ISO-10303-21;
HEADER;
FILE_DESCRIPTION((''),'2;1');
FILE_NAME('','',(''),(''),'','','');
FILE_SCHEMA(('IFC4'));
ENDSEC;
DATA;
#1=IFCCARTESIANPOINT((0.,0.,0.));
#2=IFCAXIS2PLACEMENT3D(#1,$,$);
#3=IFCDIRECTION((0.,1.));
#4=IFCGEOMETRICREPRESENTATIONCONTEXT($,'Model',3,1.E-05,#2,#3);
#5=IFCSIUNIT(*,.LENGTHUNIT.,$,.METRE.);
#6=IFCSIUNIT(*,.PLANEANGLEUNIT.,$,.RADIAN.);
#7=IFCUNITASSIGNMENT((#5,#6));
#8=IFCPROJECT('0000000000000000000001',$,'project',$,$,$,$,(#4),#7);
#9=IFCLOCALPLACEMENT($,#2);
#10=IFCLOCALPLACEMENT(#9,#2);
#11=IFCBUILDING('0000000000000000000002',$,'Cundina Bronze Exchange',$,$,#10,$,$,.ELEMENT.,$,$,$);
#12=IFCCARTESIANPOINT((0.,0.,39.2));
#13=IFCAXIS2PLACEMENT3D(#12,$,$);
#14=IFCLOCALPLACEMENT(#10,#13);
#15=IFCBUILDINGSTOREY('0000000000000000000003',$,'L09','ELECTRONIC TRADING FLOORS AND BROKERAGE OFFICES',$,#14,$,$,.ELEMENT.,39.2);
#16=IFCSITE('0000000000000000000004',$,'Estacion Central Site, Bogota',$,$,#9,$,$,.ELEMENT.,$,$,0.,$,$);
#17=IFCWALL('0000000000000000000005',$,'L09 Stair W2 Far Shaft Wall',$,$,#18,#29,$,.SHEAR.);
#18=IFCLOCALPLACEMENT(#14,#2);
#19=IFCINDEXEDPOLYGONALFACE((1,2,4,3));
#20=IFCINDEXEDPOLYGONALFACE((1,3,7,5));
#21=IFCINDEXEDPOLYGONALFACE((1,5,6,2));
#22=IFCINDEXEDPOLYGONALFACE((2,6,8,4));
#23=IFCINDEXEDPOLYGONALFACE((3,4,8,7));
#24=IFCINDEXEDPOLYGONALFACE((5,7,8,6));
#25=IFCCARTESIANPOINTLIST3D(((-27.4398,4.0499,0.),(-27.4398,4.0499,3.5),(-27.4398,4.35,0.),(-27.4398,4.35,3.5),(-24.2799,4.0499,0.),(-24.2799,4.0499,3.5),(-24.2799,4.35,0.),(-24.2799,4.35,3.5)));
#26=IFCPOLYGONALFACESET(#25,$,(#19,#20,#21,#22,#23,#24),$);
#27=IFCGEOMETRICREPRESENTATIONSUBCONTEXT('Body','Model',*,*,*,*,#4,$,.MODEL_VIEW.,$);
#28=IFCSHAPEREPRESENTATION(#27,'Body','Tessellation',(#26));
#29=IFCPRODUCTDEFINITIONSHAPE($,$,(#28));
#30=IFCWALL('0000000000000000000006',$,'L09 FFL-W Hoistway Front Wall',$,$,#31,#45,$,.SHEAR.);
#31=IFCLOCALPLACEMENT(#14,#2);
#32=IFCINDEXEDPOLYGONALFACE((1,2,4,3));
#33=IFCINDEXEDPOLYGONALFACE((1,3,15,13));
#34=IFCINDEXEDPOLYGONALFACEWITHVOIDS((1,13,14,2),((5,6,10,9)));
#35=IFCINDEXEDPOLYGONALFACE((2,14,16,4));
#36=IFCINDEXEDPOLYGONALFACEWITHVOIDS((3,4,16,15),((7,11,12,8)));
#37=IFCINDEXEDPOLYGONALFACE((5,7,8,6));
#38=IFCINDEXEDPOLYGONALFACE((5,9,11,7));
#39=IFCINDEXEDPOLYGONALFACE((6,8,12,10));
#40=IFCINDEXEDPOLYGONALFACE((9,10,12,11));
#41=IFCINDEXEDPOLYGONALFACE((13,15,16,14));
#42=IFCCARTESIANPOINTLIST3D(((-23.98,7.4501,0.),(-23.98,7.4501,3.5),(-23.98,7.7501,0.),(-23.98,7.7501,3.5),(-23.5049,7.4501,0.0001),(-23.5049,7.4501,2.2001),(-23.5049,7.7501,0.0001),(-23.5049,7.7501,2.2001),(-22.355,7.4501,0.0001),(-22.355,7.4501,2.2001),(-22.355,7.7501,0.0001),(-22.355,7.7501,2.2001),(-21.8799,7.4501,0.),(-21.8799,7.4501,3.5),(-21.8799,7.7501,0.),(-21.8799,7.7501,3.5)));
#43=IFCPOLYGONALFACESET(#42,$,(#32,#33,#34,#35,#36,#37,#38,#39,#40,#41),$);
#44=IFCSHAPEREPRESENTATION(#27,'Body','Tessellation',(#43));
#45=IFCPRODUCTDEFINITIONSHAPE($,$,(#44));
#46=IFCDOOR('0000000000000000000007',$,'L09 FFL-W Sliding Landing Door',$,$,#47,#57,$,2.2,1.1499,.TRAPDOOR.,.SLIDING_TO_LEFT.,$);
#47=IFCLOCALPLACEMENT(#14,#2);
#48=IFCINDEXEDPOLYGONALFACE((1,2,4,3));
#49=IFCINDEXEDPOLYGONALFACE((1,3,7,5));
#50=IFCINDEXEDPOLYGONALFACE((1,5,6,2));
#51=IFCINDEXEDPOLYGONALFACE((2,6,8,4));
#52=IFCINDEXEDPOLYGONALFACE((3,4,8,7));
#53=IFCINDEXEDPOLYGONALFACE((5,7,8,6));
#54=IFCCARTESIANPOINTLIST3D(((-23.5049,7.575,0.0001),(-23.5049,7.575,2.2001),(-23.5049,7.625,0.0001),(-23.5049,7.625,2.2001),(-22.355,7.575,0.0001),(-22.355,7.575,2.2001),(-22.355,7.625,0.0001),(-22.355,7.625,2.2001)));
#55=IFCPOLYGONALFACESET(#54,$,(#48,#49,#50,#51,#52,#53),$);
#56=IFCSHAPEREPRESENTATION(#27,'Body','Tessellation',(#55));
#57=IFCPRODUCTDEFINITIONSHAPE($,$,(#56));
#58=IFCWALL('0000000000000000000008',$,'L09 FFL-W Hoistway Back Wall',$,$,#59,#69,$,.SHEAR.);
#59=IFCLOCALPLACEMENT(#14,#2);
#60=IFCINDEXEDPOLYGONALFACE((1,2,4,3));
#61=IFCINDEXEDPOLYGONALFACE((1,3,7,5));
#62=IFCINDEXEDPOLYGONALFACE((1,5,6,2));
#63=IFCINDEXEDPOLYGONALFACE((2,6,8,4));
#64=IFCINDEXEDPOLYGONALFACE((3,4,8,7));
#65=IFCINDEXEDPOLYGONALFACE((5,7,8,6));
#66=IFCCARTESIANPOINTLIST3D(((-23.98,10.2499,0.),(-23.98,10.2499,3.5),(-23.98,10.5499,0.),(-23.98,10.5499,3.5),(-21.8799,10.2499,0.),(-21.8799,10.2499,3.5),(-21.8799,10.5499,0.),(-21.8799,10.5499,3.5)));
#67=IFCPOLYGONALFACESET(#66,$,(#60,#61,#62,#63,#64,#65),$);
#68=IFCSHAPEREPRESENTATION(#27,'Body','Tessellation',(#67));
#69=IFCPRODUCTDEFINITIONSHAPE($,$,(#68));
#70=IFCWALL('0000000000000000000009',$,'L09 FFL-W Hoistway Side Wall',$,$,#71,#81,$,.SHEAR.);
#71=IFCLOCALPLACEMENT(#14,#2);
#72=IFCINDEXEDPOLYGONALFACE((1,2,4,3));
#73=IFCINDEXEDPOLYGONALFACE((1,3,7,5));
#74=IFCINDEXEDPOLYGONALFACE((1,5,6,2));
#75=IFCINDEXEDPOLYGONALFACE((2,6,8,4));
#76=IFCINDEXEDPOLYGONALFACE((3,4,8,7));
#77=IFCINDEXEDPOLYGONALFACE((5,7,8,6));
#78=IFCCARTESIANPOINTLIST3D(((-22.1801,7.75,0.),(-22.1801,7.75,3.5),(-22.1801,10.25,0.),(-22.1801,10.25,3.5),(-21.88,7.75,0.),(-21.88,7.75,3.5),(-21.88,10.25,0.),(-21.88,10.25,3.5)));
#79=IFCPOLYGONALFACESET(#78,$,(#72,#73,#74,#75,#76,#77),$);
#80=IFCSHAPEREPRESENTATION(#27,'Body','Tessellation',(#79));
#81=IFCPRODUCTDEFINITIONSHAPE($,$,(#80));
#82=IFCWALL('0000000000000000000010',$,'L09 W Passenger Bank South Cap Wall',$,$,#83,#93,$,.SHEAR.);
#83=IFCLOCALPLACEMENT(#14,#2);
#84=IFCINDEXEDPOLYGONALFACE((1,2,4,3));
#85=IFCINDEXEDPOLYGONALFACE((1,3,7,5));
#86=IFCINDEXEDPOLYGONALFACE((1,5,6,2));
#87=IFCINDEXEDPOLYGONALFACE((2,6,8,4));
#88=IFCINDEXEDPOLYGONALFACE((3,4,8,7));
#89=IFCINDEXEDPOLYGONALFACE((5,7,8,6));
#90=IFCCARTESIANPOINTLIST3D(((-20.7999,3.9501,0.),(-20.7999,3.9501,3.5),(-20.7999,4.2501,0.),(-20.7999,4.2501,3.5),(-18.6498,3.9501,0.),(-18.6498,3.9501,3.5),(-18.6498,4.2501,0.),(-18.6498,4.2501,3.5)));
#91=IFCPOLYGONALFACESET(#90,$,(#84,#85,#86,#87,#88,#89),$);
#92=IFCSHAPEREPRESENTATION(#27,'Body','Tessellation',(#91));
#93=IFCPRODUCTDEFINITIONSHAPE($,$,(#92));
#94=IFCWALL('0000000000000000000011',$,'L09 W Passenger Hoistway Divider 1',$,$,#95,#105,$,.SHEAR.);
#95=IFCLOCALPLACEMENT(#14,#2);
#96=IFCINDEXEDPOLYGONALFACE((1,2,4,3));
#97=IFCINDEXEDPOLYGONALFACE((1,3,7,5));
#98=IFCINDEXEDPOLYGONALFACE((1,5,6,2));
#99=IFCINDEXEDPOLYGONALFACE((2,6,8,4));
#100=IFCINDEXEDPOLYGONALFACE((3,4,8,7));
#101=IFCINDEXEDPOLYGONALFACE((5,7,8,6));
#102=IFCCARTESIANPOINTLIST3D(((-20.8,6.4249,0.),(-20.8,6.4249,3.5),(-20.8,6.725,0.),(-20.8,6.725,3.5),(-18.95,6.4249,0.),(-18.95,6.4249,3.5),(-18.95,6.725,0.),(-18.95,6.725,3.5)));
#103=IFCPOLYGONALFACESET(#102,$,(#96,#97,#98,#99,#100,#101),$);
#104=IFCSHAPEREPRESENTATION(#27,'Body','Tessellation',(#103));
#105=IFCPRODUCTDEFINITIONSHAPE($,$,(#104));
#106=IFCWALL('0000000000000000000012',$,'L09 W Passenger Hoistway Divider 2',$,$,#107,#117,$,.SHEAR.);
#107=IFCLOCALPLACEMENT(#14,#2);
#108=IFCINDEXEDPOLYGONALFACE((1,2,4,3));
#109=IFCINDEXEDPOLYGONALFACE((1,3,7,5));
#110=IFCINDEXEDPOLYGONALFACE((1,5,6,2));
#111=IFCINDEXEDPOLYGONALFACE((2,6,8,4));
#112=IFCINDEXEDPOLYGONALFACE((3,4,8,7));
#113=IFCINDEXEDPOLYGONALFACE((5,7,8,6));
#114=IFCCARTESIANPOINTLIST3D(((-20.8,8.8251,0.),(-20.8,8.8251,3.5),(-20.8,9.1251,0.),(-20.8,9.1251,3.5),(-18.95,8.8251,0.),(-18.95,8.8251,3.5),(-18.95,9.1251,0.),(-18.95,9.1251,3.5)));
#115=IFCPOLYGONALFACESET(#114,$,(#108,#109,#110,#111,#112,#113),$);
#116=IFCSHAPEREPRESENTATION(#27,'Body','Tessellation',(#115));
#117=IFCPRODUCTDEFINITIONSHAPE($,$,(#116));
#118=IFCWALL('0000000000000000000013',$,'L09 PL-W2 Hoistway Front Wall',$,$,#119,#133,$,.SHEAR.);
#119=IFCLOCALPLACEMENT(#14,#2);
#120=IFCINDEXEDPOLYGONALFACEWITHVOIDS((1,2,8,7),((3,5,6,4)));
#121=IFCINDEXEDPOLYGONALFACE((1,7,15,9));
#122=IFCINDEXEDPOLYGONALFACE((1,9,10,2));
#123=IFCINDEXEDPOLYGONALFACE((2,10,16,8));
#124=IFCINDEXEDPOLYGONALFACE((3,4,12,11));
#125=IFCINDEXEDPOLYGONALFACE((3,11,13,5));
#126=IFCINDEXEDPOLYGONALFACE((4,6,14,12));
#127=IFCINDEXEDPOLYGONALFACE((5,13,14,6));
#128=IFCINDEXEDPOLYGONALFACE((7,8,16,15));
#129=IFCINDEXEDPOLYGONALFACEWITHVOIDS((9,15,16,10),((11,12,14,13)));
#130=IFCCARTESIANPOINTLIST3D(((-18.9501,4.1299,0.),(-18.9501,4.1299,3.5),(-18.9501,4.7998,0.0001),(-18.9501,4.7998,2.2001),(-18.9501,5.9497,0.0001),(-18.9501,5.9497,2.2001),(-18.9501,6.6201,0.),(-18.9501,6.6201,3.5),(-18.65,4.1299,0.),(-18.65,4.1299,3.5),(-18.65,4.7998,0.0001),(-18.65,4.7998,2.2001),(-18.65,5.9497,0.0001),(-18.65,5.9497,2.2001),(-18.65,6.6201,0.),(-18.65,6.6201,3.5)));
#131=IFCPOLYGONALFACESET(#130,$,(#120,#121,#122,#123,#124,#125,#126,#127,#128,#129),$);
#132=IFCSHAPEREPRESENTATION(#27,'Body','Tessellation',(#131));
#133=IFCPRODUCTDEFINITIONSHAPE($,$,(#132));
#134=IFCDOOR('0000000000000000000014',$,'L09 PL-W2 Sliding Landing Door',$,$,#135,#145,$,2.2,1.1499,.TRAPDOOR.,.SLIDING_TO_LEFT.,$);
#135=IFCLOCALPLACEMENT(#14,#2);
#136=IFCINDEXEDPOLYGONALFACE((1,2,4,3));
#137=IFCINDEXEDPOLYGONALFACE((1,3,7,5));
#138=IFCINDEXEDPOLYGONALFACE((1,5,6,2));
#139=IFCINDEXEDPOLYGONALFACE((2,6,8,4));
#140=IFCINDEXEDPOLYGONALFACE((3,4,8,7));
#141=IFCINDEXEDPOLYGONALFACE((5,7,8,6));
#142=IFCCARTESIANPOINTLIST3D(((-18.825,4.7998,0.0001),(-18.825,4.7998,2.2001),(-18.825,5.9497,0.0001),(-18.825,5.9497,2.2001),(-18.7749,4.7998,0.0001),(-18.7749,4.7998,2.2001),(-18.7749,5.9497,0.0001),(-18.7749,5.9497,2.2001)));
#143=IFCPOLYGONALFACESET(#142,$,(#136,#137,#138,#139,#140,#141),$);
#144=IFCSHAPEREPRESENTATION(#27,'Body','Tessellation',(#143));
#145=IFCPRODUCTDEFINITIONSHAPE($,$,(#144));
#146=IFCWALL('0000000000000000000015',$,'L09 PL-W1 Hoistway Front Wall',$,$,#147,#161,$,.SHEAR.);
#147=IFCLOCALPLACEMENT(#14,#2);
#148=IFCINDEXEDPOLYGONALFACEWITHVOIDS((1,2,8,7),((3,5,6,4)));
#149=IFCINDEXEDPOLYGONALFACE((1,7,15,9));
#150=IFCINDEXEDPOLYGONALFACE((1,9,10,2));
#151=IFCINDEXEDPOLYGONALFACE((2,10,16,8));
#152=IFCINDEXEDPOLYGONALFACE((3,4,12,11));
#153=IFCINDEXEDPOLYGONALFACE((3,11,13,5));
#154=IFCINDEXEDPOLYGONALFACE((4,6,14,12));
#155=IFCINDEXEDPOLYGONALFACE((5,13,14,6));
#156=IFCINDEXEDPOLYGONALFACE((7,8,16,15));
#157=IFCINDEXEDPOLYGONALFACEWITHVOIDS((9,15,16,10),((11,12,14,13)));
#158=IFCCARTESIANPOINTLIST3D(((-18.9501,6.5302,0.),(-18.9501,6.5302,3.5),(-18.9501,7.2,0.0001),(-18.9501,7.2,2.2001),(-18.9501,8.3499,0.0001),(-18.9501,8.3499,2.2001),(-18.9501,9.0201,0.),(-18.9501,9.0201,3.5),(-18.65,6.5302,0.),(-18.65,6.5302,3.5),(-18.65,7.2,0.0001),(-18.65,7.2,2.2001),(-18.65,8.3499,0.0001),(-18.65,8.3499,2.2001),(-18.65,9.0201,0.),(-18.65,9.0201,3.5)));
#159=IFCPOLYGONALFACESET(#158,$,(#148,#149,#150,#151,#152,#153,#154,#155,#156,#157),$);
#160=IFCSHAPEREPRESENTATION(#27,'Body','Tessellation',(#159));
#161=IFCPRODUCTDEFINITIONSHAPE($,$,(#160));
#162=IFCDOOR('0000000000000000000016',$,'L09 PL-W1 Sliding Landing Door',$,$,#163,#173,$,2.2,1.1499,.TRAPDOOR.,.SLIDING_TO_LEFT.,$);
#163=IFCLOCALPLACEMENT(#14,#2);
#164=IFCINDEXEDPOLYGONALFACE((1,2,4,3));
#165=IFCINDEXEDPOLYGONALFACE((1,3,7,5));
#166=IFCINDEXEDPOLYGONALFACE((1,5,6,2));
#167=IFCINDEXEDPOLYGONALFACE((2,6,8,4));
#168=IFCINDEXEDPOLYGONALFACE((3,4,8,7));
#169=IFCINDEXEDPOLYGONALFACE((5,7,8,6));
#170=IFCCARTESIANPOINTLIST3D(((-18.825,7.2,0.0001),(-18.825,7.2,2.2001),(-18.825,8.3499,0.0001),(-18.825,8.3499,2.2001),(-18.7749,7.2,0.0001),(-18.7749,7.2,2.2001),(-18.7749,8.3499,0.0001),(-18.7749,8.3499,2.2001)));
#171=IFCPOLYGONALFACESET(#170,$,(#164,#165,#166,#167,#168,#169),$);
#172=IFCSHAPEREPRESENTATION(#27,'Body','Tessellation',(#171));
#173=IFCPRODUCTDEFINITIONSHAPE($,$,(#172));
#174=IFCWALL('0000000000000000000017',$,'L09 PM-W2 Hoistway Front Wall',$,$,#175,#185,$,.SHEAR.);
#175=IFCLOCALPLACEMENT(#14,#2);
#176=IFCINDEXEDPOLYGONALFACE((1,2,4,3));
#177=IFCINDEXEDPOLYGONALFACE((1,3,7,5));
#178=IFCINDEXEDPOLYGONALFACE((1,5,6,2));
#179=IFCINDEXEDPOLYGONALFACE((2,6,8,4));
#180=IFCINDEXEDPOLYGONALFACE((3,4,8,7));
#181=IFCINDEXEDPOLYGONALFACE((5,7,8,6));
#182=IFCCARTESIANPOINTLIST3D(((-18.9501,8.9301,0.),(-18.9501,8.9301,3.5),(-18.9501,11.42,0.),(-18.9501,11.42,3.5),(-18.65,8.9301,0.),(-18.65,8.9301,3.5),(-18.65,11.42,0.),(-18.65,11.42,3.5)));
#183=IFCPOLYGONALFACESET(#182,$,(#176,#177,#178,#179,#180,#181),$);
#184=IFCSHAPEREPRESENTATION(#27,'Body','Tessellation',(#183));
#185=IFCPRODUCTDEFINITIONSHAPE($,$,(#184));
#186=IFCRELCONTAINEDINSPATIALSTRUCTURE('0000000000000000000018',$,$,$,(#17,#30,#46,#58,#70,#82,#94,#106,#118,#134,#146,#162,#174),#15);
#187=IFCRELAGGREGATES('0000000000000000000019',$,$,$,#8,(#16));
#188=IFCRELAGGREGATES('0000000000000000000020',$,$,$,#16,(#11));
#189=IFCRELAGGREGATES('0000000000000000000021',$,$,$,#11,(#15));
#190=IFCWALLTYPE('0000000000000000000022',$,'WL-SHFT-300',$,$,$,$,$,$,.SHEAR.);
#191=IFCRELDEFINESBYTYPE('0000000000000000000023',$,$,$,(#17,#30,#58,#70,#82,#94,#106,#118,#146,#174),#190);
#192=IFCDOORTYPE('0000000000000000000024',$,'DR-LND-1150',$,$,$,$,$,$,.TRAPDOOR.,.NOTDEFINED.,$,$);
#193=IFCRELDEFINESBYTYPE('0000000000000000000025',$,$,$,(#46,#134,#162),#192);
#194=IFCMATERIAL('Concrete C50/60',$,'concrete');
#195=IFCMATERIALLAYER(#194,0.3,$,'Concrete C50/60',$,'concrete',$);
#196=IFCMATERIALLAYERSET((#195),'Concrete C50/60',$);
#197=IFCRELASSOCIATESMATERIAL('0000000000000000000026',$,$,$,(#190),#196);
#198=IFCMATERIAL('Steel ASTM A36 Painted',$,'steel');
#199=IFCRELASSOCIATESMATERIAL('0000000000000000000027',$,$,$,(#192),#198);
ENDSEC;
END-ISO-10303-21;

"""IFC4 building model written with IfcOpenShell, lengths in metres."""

from ifc_helpers import new_model, si_unit, direction, frame, frame_2d, origin, place, context, subcontext, project, spatial, rectangle, extrude, material, layer, layer_set, type_object, element, fill, save


model = new_model("IFC4")

# Units and contexts
model_context = context("Model", 3, precision=1e-05, world=origin(), true_north=direction((0.0, 1.0)))
body_context = subcontext(model_context, "Body", "Model", "MODEL_VIEW")
ifc_project = project(units=[si_unit("LENGTHUNIT", "METRE"), si_unit("PLANEANGLEUNIT", "RADIAN")], contexts=[model_context])

# Site, building, storey
site_placement = place(None, origin())
site = spatial("IfcSite", under=ifc_project, at=site_placement, Name="Estacion Central Site, Bogota", CompositionType="ELEMENT", RefElevation=0.0)
building_placement = place(site_placement, origin())
building = spatial("IfcBuilding", under=site, at=building_placement, Name="Cundina Bronze Exchange", CompositionType="ELEMENT")
storey_placement = place(building_placement, frame((0.0, 0.0, 39.2)))
storey = spatial("IfcBuildingStorey", under=building, at=storey_placement, Name="L09", Description="ELECTRONIC TRADING FLOORS AND BROKERAGE OFFICES", CompositionType="ELEMENT", Elevation=39.2)

# Wall
ifc_material_1 = material(Name="Concrete C50/60", Category="concrete")
ifc_layer_1 = layer(ifc_material_1, 0.3, Name="Concrete C50/60", Category="concrete")
ifc_layer_set_1 = layer_set([ifc_layer_1], Name="Concrete C50/60")
wall_type_1 = type_object("IfcWallType", Name="WL-SHFT-300", PredefinedType="SHEAR", material=ifc_layer_set_1)
wall_1_placement = place(storey_placement, frame((-27.4399, 4.2, 0.0), z_axis=(0.0, 0.0, 1.0), x_axis=(1.0, 0.0, 0.0)))
element("IfcWall", 1, at=wall_1_placement, inside=storey, type_object=wall_type_1, Name="L09 Stair W2 Far Shaft Wall", PredefinedType="SHEAR", context=body_context, shape_type="SweptSolid", body=[
    extrude(rectangle(XDim=3.1599, YDim=0.3, at=frame_2d((1.5801, 0.0))), origin(), (0.0, 0.0, 1.0), 3.5),
])

# Wall, opening, door
wall_2_placement = place(storey_placement, frame((-23.98, 7.6001, 0.0), z_axis=(0.0, 0.0, 1.0), x_axis=(1.0, 0.0, 0.0)))
wall_2 = element("IfcWall", 2, at=wall_2_placement, inside=storey, type_object=wall_type_1, Name="L09 FFL-W Hoistway Front Wall", PredefinedType="SHEAR", context=body_context, shape_type="SweptSolid", body=[
    extrude(rectangle(XDim=2.1001, YDim=0.3, at=frame_2d((1.05, 0.0))), origin(), (0.0, 0.0, 1.0), 3.5),
])
opening_1_placement = place(wall_2_placement, frame((0.4751, 0.0, 0.0)))
opening_1 = element("IfcOpeningElement", 3, at=opening_1_placement, cuts=wall_2, PredefinedType="OPENING", context=body_context, shape_type="SweptSolid", body=[
    extrude(rectangle(XDim=1.1499, YDim=2.2, at=frame_2d((0.575, 1.1001))), frame((0.0, 0.1599, 0.0), z_axis=(0.0, -1.0, 0.0), x_axis=(1.0, 0.0, 0.0)), (0.0, 0.0, 1.0), 0.3201),
])
ifc_material_2 = material(Name="Steel ASTM A36 Painted", Category="steel")
door_type = type_object("IfcDoorType", Name="DR-LND-1150", OperationType="NOTDEFINED", PredefinedType="TRAPDOOR", material=ifc_material_2)
door_1_placement = place(opening_1_placement, origin())
door_1 = element("IfcDoor", 4, at=door_1_placement, inside=storey, type_object=door_type, Name="L09 FFL-W Sliding Landing Door", OperationType="SLIDING_TO_LEFT", OverallHeight=2.2, OverallWidth=1.1499, PredefinedType="TRAPDOOR", context=body_context, shape_type="SweptSolid", body=[
    extrude(rectangle(XDim=1.1499, YDim=2.2, at=frame_2d((0.575, 1.1001))), frame((0.0, 0.0249, 0.0), z_axis=(0.0, -1.0, 0.0), x_axis=(1.0, 0.0, 0.0)), (0.0, 0.0, 1.0), 0.05),
])
fill(opening_1, door_1)

# Walls
wall_3_placement = place(storey_placement, frame((-23.98, 10.3999, 0.0), z_axis=(0.0, 0.0, 1.0), x_axis=(1.0, 0.0, 0.0)))
element("IfcWall", 5, at=wall_3_placement, inside=storey, type_object=wall_type_1, Name="L09 FFL-W Hoistway Back Wall", PredefinedType="SHEAR", context=body_context, shape_type="SweptSolid", body=[
    extrude(rectangle(XDim=2.1001, YDim=0.3, at=frame_2d((1.05, 0.0))), origin(), (0.0, 0.0, 1.0), 3.5),
])
wall_4_placement = place(storey_placement, frame((-22.03, 7.75, 0.0), z_axis=(0.0, 0.0, 1.0), x_axis=(0.0, 1.0, 0.0)))
element("IfcWall", 6, at=wall_4_placement, inside=storey, type_object=wall_type_1, Name="L09 FFL-W Hoistway Side Wall", PredefinedType="SHEAR", context=body_context, shape_type="SweptSolid", body=[
    extrude(rectangle(XDim=2.5, YDim=0.3, at=frame_2d((1.25, 0.0))), origin(), (0.0, 0.0, 1.0), 3.5),
])
wall_5_placement = place(storey_placement, frame((-20.8, 4.1001, 0.0), z_axis=(0.0, 0.0, 1.0), x_axis=(1.0, 0.0, 0.0)))
element("IfcWall", 7, at=wall_5_placement, inside=storey, type_object=wall_type_1, Name="L09 W Passenger Bank South Cap Wall", PredefinedType="SHEAR", context=body_context, shape_type="SweptSolid", body=[
    extrude(rectangle(XDim=2.1501, YDim=0.3, at=frame_2d((1.0752, 0.0))), origin(), (0.0, 0.0, 1.0), 3.5),
])
for number, where, z_axis, x_axis, name in (
    (8, (-20.8, 6.575, 0.0), (0.0, 0.0, 1.0), (1.0, 0.0, 0.0), "L09 W Passenger Hoistway Divider 1"),
    (9, (-20.8, 8.9751, 0.0), (0.0, 0.0, 1.0), (1.0, 0.0, 0.0), "L09 W Passenger Hoistway Divider 2"),
):
    element("IfcWall", number, at=place(storey_placement, frame(where, z_axis=z_axis, x_axis=x_axis)), inside=storey, type_object=wall_type_1, Name=name, PredefinedType="SHEAR", context=body_context, shape_type="SweptSolid", body=[
        extrude(rectangle(XDim=1.8501, YDim=0.3, at=frame_2d((0.925, 0.0))), origin(), (0.0, 0.0, 1.0), 3.5),
    ])

# Walls, openings, doors
wall_6_placement = place(storey_placement, frame((-18.8, 4.1299, 0.0), z_axis=(0.0, 0.0, 1.0), x_axis=(0.0, 1.0, 0.0)))
wall_6 = element("IfcWall", 10, at=wall_6_placement, inside=storey, type_object=wall_type_1, Name="L09 PL-W2 Hoistway Front Wall", PredefinedType="SHEAR", context=body_context, shape_type="SweptSolid", body=[
    extrude(rectangle(XDim=2.4902, YDim=0.3, at=frame_2d((1.2451, 0.0))), origin(), (0.0, 0.0, 1.0), 3.5),
])
opening_2_placement = place(wall_6_placement, frame((0.6699, 0.0, 0.0)))
opening_2 = element("IfcOpeningElement", 11, at=opening_2_placement, cuts=wall_6, PredefinedType="OPENING", context=body_context, shape_type="SweptSolid", body=[
    extrude(rectangle(XDim=1.1499, YDim=2.2, at=frame_2d((0.575, 1.1001))), frame((0.0, 0.1599, 0.0), z_axis=(0.0, -1.0, 0.0), x_axis=(1.0, 0.0, 0.0)), (0.0, 0.0, 1.0), 0.3201),
])
door_2_placement = place(opening_2_placement, origin())
door_2 = element("IfcDoor", 12, at=door_2_placement, inside=storey, type_object=door_type, Name="L09 PL-W2 Sliding Landing Door", OperationType="SLIDING_TO_LEFT", OverallHeight=2.2, OverallWidth=1.1499, PredefinedType="TRAPDOOR", context=body_context, shape_type="SweptSolid", body=[
    extrude(rectangle(XDim=1.1499, YDim=2.2, at=frame_2d((0.575, 1.1001))), frame((0.0, 0.0249, 0.0), z_axis=(0.0, -1.0, 0.0), x_axis=(1.0, 0.0, 0.0)), (0.0, 0.0, 1.0), 0.05),
])
fill(opening_2, door_2)
wall_7_placement = place(storey_placement, frame((-18.8, 6.53, 0.0), z_axis=(0.0, 0.0, 1.0), x_axis=(0.0, 1.0, 0.0)))
wall_7 = element("IfcWall", 13, at=wall_7_placement, inside=storey, type_object=wall_type_1, Name="L09 PL-W1 Hoistway Front Wall", PredefinedType="SHEAR", context=body_context, shape_type="SweptSolid", body=[
    extrude(rectangle(XDim=2.49, YDim=0.3, at=frame_2d((1.2451, 0.0))), origin(), (0.0, 0.0, 1.0), 3.5),
])
opening_3_placement = place(wall_7_placement, frame((0.6699, 0.0, 0.0)))
opening_3 = element("IfcOpeningElement", 14, at=opening_3_placement, cuts=wall_7, PredefinedType="OPENING", context=body_context, shape_type="SweptSolid", body=[
    extrude(rectangle(XDim=1.1499, YDim=2.2, at=frame_2d((0.575, 1.1001))), frame((0.0, 0.1599, 0.0), z_axis=(0.0, -1.0, 0.0), x_axis=(1.0, 0.0, 0.0)), (0.0, 0.0, 1.0), 0.3201),
])
door_3_placement = place(opening_3_placement, origin())
door_3 = element("IfcDoor", 15, at=door_3_placement, inside=storey, type_object=door_type, Name="L09 PL-W1 Sliding Landing Door", OperationType="SLIDING_TO_LEFT", OverallHeight=2.2, OverallWidth=1.1499, PredefinedType="TRAPDOOR", context=body_context, shape_type="SweptSolid", body=[
    extrude(rectangle(XDim=1.1499, YDim=2.2, at=frame_2d((0.575, 1.1001))), frame((0.0, 0.0249, 0.0), z_axis=(0.0, -1.0, 0.0), x_axis=(1.0, 0.0, 0.0)), (0.0, 0.0, 1.0), 0.05),
])
fill(opening_3, door_3)

# Wall
wall_8_placement = place(storey_placement, frame((-18.8, 8.9299, 0.0), z_axis=(0.0, 0.0, 1.0), x_axis=(0.0, 1.0, 0.0)))
element("IfcWall", 16, at=wall_8_placement, inside=storey, type_object=wall_type_1, Name="L09 PM-W2 Hoistway Front Wall", PredefinedType="SHEAR", context=body_context, shape_type="SweptSolid", body=[
    extrude(rectangle(XDim=2.49, YDim=0.3, at=frame_2d((1.2451, 0.0))), origin(), (0.0, 0.0, 1.0), 3.5),
])

save(model, "model.ifc")
